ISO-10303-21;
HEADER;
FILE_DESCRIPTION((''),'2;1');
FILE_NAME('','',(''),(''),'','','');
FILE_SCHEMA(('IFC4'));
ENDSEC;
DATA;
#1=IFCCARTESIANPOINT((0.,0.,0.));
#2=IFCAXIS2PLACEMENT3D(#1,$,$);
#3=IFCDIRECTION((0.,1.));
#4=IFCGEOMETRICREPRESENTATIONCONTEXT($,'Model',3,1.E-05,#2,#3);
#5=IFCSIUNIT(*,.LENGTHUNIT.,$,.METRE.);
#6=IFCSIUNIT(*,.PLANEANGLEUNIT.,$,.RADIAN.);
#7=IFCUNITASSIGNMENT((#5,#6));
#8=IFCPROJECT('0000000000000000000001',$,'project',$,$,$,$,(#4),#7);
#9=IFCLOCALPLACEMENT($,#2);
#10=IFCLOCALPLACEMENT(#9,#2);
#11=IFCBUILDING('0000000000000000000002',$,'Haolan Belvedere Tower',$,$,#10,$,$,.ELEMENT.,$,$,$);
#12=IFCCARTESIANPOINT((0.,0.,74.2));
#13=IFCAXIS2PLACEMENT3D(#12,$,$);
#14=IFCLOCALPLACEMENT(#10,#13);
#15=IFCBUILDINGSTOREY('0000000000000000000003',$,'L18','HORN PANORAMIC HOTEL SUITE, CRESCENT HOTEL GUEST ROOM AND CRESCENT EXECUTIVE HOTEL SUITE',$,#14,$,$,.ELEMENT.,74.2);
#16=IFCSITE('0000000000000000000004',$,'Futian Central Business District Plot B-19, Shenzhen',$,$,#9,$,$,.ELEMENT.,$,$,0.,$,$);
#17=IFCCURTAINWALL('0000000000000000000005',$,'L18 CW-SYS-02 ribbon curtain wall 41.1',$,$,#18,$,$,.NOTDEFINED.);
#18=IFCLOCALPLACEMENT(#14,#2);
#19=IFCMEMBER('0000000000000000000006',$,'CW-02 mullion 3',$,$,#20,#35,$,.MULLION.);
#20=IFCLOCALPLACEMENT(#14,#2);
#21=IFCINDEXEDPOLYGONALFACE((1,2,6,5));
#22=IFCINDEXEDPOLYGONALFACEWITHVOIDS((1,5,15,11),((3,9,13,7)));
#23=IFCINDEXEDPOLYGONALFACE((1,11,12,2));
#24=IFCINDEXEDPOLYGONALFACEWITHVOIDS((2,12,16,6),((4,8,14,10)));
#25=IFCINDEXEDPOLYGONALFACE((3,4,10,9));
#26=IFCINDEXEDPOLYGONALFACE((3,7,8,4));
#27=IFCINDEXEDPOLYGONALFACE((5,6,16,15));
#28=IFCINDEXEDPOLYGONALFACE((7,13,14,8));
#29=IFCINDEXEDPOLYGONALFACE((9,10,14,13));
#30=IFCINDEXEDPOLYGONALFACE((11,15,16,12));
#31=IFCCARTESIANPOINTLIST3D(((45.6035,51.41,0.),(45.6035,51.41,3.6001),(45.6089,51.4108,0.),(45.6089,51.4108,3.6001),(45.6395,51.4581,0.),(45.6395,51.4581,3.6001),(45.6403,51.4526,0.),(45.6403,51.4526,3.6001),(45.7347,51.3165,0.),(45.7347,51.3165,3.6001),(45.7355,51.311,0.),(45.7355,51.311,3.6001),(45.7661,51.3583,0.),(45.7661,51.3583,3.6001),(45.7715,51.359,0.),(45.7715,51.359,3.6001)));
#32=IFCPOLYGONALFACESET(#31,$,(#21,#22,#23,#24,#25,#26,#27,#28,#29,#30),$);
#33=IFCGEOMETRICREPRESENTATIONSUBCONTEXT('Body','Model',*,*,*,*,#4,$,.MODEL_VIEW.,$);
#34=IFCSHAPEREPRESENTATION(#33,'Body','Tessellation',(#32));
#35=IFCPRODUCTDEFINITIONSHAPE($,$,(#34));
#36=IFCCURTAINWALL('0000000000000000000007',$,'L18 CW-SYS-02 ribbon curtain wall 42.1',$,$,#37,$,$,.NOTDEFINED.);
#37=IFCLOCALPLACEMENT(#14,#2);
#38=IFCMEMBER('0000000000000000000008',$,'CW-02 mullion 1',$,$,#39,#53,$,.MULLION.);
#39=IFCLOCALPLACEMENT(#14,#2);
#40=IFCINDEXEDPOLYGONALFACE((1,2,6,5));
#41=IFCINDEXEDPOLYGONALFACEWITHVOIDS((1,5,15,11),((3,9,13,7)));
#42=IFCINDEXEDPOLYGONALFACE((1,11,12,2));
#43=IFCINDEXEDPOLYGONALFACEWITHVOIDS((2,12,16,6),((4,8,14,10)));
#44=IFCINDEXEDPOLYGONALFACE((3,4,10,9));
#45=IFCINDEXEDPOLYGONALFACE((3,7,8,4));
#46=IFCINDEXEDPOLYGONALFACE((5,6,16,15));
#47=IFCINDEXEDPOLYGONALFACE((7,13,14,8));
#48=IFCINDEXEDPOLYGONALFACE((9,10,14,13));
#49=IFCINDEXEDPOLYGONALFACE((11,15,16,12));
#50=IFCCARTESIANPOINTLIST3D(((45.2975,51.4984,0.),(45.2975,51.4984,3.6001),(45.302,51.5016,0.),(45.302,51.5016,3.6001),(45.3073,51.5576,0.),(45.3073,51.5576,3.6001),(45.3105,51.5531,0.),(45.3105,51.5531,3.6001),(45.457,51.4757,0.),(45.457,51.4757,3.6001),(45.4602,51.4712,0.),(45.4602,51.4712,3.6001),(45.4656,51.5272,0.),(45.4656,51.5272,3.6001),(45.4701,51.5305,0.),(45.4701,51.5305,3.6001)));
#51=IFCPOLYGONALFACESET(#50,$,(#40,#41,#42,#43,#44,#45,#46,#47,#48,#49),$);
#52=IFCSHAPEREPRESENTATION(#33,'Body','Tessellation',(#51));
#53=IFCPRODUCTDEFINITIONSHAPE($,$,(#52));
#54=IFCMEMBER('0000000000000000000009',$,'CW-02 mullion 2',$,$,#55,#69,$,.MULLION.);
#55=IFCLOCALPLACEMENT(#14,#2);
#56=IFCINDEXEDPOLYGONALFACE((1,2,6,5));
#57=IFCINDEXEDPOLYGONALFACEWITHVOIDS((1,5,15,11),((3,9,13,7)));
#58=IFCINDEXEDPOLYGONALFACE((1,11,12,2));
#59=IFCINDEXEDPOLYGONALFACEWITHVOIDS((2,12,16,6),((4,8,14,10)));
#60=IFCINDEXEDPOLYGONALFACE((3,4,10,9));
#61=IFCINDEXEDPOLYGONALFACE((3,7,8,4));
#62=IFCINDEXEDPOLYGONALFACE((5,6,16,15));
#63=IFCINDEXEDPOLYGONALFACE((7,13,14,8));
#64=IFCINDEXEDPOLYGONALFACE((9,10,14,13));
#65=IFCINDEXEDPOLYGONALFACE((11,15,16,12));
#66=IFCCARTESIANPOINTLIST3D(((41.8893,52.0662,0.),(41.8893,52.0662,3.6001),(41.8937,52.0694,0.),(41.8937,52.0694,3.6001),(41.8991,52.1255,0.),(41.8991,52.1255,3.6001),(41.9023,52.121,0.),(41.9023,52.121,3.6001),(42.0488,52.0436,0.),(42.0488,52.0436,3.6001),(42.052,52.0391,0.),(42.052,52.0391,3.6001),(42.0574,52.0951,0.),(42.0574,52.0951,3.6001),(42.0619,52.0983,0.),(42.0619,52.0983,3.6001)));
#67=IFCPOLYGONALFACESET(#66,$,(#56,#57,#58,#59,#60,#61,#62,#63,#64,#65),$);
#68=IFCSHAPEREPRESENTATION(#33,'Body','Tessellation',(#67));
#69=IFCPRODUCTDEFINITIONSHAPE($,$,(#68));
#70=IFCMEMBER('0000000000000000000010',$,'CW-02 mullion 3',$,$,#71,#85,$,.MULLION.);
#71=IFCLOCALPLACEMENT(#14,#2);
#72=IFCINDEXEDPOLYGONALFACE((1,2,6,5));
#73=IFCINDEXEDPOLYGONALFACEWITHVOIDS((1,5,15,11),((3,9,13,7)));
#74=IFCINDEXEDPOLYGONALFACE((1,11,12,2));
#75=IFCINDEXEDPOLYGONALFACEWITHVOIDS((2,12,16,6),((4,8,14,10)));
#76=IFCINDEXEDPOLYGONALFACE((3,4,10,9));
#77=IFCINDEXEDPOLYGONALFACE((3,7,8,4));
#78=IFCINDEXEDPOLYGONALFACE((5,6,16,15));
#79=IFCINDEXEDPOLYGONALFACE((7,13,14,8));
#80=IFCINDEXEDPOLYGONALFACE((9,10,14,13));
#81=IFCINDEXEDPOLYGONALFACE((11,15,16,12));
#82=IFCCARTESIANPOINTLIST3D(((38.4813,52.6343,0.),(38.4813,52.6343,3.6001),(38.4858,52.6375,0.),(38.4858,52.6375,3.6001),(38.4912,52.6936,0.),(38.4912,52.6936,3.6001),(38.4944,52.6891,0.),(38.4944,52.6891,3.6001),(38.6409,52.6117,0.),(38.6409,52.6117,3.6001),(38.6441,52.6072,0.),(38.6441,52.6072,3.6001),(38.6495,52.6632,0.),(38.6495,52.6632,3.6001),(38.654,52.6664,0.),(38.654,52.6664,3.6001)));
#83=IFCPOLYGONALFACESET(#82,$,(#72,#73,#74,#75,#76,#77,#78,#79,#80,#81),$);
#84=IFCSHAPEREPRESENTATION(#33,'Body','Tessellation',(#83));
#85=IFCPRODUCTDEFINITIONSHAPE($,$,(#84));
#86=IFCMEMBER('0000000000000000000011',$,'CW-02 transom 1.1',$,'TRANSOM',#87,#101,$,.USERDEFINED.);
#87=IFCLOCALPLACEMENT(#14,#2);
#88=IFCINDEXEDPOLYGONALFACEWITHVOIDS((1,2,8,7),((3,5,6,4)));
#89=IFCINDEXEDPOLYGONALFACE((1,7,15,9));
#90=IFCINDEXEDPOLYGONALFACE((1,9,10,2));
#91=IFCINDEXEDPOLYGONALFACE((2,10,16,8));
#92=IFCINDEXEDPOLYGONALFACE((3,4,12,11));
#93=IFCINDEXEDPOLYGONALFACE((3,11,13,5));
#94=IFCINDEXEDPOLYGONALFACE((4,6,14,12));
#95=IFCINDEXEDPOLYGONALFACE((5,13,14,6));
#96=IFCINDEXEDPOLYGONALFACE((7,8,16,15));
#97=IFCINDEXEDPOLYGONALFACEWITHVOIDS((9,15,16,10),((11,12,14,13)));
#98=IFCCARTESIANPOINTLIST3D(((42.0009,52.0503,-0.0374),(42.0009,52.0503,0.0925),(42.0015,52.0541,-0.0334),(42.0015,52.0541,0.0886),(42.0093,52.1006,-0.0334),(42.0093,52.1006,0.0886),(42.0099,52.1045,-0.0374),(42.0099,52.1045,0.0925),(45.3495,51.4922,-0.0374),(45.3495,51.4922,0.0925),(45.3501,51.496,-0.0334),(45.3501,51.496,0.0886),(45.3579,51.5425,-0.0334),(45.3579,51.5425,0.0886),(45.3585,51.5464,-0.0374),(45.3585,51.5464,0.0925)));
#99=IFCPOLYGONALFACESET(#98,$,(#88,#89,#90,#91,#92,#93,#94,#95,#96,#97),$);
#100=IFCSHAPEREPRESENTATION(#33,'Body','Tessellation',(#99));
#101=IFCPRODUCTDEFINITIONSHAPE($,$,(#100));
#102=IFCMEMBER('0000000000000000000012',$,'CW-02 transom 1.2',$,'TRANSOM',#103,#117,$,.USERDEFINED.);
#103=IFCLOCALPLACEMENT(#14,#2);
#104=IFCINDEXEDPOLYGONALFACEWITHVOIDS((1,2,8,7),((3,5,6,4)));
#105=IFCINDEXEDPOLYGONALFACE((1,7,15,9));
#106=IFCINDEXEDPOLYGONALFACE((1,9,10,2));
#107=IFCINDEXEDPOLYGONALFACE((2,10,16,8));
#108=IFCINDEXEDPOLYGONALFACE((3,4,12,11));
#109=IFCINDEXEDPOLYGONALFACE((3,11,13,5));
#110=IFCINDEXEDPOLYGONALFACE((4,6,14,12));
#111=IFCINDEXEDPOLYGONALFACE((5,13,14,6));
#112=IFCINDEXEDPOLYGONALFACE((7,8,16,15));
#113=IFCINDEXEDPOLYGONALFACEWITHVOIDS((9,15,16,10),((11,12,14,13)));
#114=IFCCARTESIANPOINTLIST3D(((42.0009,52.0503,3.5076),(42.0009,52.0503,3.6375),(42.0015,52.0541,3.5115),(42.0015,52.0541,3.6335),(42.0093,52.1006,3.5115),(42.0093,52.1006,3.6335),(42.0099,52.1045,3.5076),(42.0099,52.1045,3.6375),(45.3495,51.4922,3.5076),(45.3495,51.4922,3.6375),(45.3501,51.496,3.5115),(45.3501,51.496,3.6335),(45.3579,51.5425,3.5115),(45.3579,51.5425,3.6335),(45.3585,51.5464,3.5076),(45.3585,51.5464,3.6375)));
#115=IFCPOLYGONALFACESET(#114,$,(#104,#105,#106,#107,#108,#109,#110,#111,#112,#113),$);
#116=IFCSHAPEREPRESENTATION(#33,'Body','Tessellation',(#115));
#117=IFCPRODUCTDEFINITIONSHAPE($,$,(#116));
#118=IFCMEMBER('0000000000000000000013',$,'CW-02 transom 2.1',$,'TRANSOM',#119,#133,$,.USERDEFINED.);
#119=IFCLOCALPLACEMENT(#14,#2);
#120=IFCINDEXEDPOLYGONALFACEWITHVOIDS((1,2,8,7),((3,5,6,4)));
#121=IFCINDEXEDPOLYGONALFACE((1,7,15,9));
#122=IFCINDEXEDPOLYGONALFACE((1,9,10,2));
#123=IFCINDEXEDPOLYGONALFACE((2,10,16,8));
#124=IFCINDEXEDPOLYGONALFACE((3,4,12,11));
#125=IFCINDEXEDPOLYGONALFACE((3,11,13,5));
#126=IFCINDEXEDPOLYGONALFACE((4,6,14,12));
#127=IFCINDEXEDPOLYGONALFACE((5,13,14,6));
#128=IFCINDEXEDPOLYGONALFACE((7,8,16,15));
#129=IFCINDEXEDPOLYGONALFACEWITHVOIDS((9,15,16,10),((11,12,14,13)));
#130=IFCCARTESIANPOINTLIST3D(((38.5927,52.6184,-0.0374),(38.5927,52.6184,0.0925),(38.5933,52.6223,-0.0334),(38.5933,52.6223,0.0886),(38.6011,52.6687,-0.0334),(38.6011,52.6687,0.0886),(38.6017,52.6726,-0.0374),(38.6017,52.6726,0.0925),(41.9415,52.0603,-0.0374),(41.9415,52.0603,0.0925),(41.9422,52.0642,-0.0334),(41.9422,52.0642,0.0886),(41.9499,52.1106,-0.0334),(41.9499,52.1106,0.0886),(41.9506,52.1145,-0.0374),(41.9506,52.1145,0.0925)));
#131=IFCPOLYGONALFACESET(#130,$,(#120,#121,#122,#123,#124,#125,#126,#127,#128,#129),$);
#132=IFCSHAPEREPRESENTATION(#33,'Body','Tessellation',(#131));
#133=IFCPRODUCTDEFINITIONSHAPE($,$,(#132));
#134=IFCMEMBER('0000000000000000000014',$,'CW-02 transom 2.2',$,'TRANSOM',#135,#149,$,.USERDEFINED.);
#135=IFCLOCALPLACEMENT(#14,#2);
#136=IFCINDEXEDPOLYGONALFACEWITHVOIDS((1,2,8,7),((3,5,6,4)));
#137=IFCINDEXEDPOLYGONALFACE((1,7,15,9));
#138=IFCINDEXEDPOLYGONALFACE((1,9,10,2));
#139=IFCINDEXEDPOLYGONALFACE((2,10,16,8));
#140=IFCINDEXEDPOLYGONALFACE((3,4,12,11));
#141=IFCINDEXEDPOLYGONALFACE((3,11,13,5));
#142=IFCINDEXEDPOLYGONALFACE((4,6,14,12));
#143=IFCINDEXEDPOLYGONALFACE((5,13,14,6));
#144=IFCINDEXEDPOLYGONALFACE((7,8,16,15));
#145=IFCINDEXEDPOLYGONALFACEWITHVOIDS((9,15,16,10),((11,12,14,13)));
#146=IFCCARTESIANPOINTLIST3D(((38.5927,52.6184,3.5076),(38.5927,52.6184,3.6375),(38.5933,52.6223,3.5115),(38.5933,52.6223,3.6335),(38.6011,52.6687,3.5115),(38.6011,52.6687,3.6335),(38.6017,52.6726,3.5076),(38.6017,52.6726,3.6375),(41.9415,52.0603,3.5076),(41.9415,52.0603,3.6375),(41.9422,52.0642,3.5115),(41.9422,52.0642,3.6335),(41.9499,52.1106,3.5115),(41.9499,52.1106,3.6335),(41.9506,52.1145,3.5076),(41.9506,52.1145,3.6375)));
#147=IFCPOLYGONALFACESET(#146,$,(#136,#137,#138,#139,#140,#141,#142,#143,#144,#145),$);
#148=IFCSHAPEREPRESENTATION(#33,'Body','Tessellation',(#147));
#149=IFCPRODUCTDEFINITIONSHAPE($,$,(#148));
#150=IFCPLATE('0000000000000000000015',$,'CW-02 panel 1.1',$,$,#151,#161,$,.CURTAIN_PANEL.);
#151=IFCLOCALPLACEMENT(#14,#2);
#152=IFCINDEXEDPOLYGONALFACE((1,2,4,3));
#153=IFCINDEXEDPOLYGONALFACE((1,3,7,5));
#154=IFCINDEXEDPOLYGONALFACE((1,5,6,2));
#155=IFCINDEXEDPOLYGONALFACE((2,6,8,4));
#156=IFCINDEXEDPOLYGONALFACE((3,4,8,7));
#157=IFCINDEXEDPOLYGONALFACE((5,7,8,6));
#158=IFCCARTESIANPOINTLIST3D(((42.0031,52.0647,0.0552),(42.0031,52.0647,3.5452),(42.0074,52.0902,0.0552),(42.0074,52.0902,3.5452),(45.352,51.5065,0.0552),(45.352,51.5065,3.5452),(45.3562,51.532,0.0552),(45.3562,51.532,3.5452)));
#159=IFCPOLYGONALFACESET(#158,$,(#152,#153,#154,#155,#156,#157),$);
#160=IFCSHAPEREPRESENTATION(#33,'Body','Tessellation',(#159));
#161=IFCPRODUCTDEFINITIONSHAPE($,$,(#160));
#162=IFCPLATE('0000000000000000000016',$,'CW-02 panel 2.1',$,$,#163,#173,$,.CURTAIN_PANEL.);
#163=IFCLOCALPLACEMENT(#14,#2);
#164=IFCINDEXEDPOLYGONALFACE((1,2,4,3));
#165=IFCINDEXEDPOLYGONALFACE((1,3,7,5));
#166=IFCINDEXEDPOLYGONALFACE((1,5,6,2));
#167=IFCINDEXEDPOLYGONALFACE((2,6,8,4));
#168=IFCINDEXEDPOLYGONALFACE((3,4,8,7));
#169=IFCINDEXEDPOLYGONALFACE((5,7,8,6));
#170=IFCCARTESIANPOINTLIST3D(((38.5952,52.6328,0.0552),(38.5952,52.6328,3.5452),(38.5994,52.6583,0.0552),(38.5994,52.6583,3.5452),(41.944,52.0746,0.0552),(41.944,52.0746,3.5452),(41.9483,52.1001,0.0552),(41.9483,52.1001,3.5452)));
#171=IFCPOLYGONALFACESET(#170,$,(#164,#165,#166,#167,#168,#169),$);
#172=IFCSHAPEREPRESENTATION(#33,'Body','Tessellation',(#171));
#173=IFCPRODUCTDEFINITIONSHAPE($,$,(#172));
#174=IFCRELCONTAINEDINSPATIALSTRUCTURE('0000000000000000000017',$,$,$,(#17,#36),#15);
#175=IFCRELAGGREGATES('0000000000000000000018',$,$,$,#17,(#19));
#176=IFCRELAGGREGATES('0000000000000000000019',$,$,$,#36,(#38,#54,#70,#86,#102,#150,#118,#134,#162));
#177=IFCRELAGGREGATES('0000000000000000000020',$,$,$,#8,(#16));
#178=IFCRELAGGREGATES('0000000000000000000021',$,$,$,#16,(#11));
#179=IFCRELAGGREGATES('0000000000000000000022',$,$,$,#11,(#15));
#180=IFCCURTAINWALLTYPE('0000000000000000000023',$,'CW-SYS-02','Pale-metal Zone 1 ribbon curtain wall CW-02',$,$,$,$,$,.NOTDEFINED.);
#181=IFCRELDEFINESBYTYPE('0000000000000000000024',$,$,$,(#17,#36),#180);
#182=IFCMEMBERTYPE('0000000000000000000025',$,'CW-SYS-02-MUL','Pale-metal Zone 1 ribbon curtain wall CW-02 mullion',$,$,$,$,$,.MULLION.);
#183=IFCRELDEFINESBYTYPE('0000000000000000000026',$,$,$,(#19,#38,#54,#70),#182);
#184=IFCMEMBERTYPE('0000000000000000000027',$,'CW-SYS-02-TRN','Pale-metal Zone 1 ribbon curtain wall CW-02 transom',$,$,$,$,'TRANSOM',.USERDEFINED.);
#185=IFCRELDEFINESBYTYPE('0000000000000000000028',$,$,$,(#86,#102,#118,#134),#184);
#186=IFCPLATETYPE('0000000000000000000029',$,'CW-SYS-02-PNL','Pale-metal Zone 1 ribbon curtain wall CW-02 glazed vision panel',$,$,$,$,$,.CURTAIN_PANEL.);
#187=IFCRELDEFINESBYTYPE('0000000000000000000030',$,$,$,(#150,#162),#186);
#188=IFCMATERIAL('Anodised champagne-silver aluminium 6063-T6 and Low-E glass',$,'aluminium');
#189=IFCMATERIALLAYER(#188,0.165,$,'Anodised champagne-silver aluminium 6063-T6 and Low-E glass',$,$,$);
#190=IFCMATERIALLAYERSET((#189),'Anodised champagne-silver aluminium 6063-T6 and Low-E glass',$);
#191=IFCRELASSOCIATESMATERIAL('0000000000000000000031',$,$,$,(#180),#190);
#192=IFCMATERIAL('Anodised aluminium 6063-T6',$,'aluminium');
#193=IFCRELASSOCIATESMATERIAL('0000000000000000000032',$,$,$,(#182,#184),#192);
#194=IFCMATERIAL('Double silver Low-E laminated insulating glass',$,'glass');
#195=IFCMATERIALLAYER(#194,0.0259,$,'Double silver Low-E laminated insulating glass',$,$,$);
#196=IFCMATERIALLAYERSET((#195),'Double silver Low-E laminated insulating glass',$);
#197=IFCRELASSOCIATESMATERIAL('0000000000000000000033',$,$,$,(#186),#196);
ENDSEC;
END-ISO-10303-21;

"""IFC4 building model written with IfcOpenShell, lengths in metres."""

from ifc_helpers import new_model, si_unit, direction, frame, origin, origin_2d, place, context, subcontext, project, spatial, rectangle, hollow_rectangle, extrude, material, layer, layer_set, material_profile, profile_set, type_object, element, aggregate, save


model = new_model("IFC4")

# Units and contexts
model_context = context("Model", 3, precision=1e-05, world=origin(), true_north=direction((0.0, 1.0)))
body_context = subcontext(model_context, "Body", "Model", "MODEL_VIEW")
ifc_project = project(units=[si_unit("LENGTHUNIT", "METRE"), si_unit("PLANEANGLEUNIT", "RADIAN")], contexts=[model_context])

# Site, building, storey
site_placement = place(None, origin())
site = spatial("IfcSite", under=ifc_project, at=site_placement, Name="Futian Central Business District Plot B-19, Shenzhen", CompositionType="ELEMENT", RefElevation=0.0)
building_placement = place(site_placement, origin())
building = spatial("IfcBuilding", under=site, at=building_placement, Name="Haolan Belvedere Tower", CompositionType="ELEMENT")
storey_placement = place(building_placement, frame((0.0, 0.0, 74.2)))
storey = spatial("IfcBuildingStorey", under=building, at=storey_placement, Name="L18", Description="HORN PANORAMIC HOTEL SUITE, CRESCENT HOTEL GUEST ROOM AND CRESCENT EXECUTIVE HOTEL SUITE", CompositionType="ELEMENT", Elevation=74.2)

# Curtain wall, member
ifc_material_1 = material(Name="Anodised champagne-silver aluminium 6063-T6 and Low-E glass", Category="aluminium")
ifc_layer_1 = layer(ifc_material_1, 0.165, Name="Anodised champagne-silver aluminium 6063-T6 and Low-E glass")
ifc_layer_set_1 = layer_set([ifc_layer_1], Name="Anodised champagne-silver aluminium 6063-T6 and Low-E glass")
curtain_wall_type = type_object("IfcCurtainWallType", Name="CW-SYS-02", Description="Pale-metal Zone 1 ribbon curtain wall CW-02", PredefinedType="NOTDEFINED", material=ifc_layer_set_1)
curtain_wall_1_placement = place(storey_placement, origin())
curtain_wall_1 = element("IfcCurtainWall", 1, at=curtain_wall_1_placement, inside=storey, type_object=curtain_wall_type, Name="L18 CW-SYS-02 ribbon curtain wall 41.1", PredefinedType="NOTDEFINED")
ifc_material_2 = material(Name="Anodised aluminium 6063-T6", Category="aluminium")
ifc_material_profile_1 = material_profile(ifc_material_2, hollow_rectangle(XDim=0.0601, YDim=0.165, WallThickness=0.0039, at=origin_2d()), Name="Anodised aluminium 6063-T6")
ifc_profile_set_1 = profile_set([ifc_material_profile_1], Name="Anodised aluminium 6063-T6")
member_type_1 = type_object("IfcMemberType", Name="CW-SYS-02-MUL", Description="Pale-metal Zone 1 ribbon curtain wall CW-02 mullion", PredefinedType="MULLION", material=ifc_profile_set_1)
member_1_placement = place(storey_placement, frame((45.6875, 51.3845, 0.0), z_axis=(0.0, 0.0, 1.0), x_axis=(-0.599994, -0.800004, 0.0)))
member_1 = element("IfcMember", 2, at=member_1_placement, type_object=member_type_1, Name="CW-02 mullion 3", PredefinedType="MULLION", context=body_context, shape_type="SweptSolid", body=[
    extrude(hollow_rectangle(XDim=0.0601, YDim=0.165, WallThickness=0.0039, at=origin_2d()), origin(), (0.0, 0.0, 1.0), 3.6001),
])
aggregate(curtain_wall_1, [member_1])

# Curtain wall, members, plates
curtain_wall_2_placement = place(storey_placement, origin())
curtain_wall_2 = element("IfcCurtainWall", 3, at=curtain_wall_2_placement, inside=storey, type_object=curtain_wall_type, Name="L18 CW-SYS-02 ribbon curtain wall 42.1", PredefinedType="NOTDEFINED")
member_2_placement = place(storey_placement, frame((45.3838, 51.5144, 0.0), z_axis=(0.0, 0.0, 1.0), x_axis=(-0.164404, -0.986393, 0.0)))
member_2 = element("IfcMember", 4, at=member_2_placement, type_object=member_type_1, Name="CW-02 mullion 1", PredefinedType="MULLION", context=body_context, shape_type="SweptSolid", body=[
    extrude(hollow_rectangle(XDim=0.0601, YDim=0.165, WallThickness=0.0039, at=origin_2d()), origin(), (0.0, 0.0, 1.0), 3.6001),
])
member_3_placement = place(storey_placement, frame((41.9756, 52.0823, 0.0), z_axis=(0.0, 0.0, 1.0), x_axis=(-0.164404, -0.986393, 0.0)))
member_3 = element("IfcMember", 5, at=member_3_placement, type_object=member_type_1, Name="CW-02 mullion 2", PredefinedType="MULLION", context=body_context, shape_type="SweptSolid", body=[
    extrude(hollow_rectangle(XDim=0.0601, YDim=0.165, WallThickness=0.0039, at=origin_2d()), origin(), (0.0, 0.0, 1.0), 3.6001),
])
member_4_placement = place(storey_placement, frame((38.5676, 52.6504, 0.0), z_axis=(0.0, 0.0, 1.0), x_axis=(-0.164404, -0.986393, 0.0)))
member_4 = element("IfcMember", 6, at=member_4_placement, type_object=member_type_1, Name="CW-02 mullion 3", PredefinedType="MULLION", context=body_context, shape_type="SweptSolid", body=[
    extrude(hollow_rectangle(XDim=0.0601, YDim=0.165, WallThickness=0.0039, at=origin_2d()), origin(), (0.0, 0.0, 1.0), 3.6001),
])
ifc_material_profile_2 = material_profile(ifc_material_2, hollow_rectangle(XDim=0.0549, YDim=0.1299, WallThickness=0.0039, at=origin_2d()), Name="Anodised aluminium 6063-T6")
ifc_profile_set_2 = profile_set([ifc_material_profile_2], Name="Anodised aluminium 6063-T6")
member_type_2 = type_object("IfcMemberType", Name="CW-SYS-02-TRN", Description="Pale-metal Zone 1 ribbon curtain wall CW-02 transom", ElementType="TRANSOM", PredefinedType="USERDEFINED", material=ifc_profile_set_2)
member_5_placement = place(storey_placement, frame((45.354, 51.5193, 0.0276), z_axis=(-0.986394, 0.164399, 0.0), x_axis=(-0.164399, -0.986394, 0.0)))
member_5 = element("IfcMember", 7, at=member_5_placement, type_object=member_type_2, Name="CW-02 transom 1.1", ObjectType="TRANSOM", PredefinedType="USERDEFINED", context=body_context, shape_type="SweptSolid", body=[
    extrude(hollow_rectangle(XDim=0.0549, YDim=0.1299, WallThickness=0.0039, at=origin_2d()), origin(), (0.0, 0.0, 1.0), 3.3948),
])
member_6_placement = place(storey_placement, frame((45.354, 51.5193, 3.5725), z_axis=(-0.986394, 0.164399, 0.0), x_axis=(-0.164399, -0.986394, 0.0)))
member_6 = element("IfcMember", 8, at=member_6_placement, type_object=member_type_2, Name="CW-02 transom 1.2", ObjectType="TRANSOM", PredefinedType="USERDEFINED", context=body_context, shape_type="SweptSolid", body=[
    extrude(hollow_rectangle(XDim=0.0549, YDim=0.1299, WallThickness=0.0039, at=origin_2d()), origin(), (0.0, 0.0, 1.0), 3.3948),
])
member_7_placement = place(storey_placement, frame((41.946, 52.0874, 0.0276), z_axis=(-0.986396, 0.164387, 0.0), x_axis=(-0.164387, -0.986396, 0.0)))
member_7 = element("IfcMember", 9, at=member_7_placement, type_object=member_type_2, Name="CW-02 transom 2.1", ObjectType="TRANSOM", PredefinedType="USERDEFINED", context=body_context, shape_type="SweptSolid", body=[
    extrude(hollow_rectangle(XDim=0.0549, YDim=0.1299, WallThickness=0.0039, at=origin_2d()), origin(), (0.0, 0.0, 1.0), 3.395),
])
member_8_placement = place(storey_placement, frame((41.946, 52.0874, 3.5725), z_axis=(-0.986396, 0.164387, 0.0), x_axis=(-0.164387, -0.986396, 0.0)))
member_8 = element("IfcMember", 10, at=member_8_placement, type_object=member_type_2, Name="CW-02 transom 2.2", ObjectType="TRANSOM", PredefinedType="USERDEFINED", context=body_context, shape_type="SweptSolid", body=[
    extrude(hollow_rectangle(XDim=0.0549, YDim=0.1299, WallThickness=0.0039, at=origin_2d()), origin(), (0.0, 0.0, 1.0), 3.395),
])
ifc_material_3 = material(Name="Double silver Low-E laminated insulating glass", Category="glass")
ifc_layer_2 = layer(ifc_material_3, 0.0259, Name="Double silver Low-E laminated insulating glass")
ifc_layer_set_2 = layer_set([ifc_layer_2], Name="Double silver Low-E laminated insulating glass")
plate_type = type_object("IfcPlateType", Name="CW-SYS-02-PNL", Description="Pale-metal Zone 1 ribbon curtain wall CW-02 glazed vision panel", PredefinedType="CURTAIN_PANEL", material=ifc_layer_set_2)
plate_1_placement = place(storey_placement, frame((43.6797, 51.7983, 0.0552), z_axis=(0.0, 0.0, 1.0), x_axis=(-0.986393, 0.164404, 0.0)))
plate_1 = element("IfcPlate", 11, at=plate_1_placement, type_object=plate_type, Name="CW-02 panel 1.1", PredefinedType="CURTAIN_PANEL", context=body_context, shape_type="SweptSolid", body=[
    extrude(rectangle(XDim=3.395, YDim=0.0259, at=origin_2d()), origin(), (0.0, 0.0, 1.0), 3.49),
])
plate_2_placement = place(storey_placement, frame((40.2717, 52.3665, 0.0552), z_axis=(0.0, 0.0, 1.0), x_axis=(-0.986393, 0.164404, 0.0)))
plate_2 = element("IfcPlate", 12, at=plate_2_placement, type_object=plate_type, Name="CW-02 panel 2.1", PredefinedType="CURTAIN_PANEL", context=body_context, shape_type="SweptSolid", body=[
    extrude(rectangle(XDim=3.395, YDim=0.0259, at=origin_2d()), origin(), (0.0, 0.0, 1.0), 3.49),
])
aggregate(curtain_wall_2, [member_2, member_3, member_4, member_5, member_6, plate_1, member_7, member_8, plate_2])

save(model, "model.ifc")
